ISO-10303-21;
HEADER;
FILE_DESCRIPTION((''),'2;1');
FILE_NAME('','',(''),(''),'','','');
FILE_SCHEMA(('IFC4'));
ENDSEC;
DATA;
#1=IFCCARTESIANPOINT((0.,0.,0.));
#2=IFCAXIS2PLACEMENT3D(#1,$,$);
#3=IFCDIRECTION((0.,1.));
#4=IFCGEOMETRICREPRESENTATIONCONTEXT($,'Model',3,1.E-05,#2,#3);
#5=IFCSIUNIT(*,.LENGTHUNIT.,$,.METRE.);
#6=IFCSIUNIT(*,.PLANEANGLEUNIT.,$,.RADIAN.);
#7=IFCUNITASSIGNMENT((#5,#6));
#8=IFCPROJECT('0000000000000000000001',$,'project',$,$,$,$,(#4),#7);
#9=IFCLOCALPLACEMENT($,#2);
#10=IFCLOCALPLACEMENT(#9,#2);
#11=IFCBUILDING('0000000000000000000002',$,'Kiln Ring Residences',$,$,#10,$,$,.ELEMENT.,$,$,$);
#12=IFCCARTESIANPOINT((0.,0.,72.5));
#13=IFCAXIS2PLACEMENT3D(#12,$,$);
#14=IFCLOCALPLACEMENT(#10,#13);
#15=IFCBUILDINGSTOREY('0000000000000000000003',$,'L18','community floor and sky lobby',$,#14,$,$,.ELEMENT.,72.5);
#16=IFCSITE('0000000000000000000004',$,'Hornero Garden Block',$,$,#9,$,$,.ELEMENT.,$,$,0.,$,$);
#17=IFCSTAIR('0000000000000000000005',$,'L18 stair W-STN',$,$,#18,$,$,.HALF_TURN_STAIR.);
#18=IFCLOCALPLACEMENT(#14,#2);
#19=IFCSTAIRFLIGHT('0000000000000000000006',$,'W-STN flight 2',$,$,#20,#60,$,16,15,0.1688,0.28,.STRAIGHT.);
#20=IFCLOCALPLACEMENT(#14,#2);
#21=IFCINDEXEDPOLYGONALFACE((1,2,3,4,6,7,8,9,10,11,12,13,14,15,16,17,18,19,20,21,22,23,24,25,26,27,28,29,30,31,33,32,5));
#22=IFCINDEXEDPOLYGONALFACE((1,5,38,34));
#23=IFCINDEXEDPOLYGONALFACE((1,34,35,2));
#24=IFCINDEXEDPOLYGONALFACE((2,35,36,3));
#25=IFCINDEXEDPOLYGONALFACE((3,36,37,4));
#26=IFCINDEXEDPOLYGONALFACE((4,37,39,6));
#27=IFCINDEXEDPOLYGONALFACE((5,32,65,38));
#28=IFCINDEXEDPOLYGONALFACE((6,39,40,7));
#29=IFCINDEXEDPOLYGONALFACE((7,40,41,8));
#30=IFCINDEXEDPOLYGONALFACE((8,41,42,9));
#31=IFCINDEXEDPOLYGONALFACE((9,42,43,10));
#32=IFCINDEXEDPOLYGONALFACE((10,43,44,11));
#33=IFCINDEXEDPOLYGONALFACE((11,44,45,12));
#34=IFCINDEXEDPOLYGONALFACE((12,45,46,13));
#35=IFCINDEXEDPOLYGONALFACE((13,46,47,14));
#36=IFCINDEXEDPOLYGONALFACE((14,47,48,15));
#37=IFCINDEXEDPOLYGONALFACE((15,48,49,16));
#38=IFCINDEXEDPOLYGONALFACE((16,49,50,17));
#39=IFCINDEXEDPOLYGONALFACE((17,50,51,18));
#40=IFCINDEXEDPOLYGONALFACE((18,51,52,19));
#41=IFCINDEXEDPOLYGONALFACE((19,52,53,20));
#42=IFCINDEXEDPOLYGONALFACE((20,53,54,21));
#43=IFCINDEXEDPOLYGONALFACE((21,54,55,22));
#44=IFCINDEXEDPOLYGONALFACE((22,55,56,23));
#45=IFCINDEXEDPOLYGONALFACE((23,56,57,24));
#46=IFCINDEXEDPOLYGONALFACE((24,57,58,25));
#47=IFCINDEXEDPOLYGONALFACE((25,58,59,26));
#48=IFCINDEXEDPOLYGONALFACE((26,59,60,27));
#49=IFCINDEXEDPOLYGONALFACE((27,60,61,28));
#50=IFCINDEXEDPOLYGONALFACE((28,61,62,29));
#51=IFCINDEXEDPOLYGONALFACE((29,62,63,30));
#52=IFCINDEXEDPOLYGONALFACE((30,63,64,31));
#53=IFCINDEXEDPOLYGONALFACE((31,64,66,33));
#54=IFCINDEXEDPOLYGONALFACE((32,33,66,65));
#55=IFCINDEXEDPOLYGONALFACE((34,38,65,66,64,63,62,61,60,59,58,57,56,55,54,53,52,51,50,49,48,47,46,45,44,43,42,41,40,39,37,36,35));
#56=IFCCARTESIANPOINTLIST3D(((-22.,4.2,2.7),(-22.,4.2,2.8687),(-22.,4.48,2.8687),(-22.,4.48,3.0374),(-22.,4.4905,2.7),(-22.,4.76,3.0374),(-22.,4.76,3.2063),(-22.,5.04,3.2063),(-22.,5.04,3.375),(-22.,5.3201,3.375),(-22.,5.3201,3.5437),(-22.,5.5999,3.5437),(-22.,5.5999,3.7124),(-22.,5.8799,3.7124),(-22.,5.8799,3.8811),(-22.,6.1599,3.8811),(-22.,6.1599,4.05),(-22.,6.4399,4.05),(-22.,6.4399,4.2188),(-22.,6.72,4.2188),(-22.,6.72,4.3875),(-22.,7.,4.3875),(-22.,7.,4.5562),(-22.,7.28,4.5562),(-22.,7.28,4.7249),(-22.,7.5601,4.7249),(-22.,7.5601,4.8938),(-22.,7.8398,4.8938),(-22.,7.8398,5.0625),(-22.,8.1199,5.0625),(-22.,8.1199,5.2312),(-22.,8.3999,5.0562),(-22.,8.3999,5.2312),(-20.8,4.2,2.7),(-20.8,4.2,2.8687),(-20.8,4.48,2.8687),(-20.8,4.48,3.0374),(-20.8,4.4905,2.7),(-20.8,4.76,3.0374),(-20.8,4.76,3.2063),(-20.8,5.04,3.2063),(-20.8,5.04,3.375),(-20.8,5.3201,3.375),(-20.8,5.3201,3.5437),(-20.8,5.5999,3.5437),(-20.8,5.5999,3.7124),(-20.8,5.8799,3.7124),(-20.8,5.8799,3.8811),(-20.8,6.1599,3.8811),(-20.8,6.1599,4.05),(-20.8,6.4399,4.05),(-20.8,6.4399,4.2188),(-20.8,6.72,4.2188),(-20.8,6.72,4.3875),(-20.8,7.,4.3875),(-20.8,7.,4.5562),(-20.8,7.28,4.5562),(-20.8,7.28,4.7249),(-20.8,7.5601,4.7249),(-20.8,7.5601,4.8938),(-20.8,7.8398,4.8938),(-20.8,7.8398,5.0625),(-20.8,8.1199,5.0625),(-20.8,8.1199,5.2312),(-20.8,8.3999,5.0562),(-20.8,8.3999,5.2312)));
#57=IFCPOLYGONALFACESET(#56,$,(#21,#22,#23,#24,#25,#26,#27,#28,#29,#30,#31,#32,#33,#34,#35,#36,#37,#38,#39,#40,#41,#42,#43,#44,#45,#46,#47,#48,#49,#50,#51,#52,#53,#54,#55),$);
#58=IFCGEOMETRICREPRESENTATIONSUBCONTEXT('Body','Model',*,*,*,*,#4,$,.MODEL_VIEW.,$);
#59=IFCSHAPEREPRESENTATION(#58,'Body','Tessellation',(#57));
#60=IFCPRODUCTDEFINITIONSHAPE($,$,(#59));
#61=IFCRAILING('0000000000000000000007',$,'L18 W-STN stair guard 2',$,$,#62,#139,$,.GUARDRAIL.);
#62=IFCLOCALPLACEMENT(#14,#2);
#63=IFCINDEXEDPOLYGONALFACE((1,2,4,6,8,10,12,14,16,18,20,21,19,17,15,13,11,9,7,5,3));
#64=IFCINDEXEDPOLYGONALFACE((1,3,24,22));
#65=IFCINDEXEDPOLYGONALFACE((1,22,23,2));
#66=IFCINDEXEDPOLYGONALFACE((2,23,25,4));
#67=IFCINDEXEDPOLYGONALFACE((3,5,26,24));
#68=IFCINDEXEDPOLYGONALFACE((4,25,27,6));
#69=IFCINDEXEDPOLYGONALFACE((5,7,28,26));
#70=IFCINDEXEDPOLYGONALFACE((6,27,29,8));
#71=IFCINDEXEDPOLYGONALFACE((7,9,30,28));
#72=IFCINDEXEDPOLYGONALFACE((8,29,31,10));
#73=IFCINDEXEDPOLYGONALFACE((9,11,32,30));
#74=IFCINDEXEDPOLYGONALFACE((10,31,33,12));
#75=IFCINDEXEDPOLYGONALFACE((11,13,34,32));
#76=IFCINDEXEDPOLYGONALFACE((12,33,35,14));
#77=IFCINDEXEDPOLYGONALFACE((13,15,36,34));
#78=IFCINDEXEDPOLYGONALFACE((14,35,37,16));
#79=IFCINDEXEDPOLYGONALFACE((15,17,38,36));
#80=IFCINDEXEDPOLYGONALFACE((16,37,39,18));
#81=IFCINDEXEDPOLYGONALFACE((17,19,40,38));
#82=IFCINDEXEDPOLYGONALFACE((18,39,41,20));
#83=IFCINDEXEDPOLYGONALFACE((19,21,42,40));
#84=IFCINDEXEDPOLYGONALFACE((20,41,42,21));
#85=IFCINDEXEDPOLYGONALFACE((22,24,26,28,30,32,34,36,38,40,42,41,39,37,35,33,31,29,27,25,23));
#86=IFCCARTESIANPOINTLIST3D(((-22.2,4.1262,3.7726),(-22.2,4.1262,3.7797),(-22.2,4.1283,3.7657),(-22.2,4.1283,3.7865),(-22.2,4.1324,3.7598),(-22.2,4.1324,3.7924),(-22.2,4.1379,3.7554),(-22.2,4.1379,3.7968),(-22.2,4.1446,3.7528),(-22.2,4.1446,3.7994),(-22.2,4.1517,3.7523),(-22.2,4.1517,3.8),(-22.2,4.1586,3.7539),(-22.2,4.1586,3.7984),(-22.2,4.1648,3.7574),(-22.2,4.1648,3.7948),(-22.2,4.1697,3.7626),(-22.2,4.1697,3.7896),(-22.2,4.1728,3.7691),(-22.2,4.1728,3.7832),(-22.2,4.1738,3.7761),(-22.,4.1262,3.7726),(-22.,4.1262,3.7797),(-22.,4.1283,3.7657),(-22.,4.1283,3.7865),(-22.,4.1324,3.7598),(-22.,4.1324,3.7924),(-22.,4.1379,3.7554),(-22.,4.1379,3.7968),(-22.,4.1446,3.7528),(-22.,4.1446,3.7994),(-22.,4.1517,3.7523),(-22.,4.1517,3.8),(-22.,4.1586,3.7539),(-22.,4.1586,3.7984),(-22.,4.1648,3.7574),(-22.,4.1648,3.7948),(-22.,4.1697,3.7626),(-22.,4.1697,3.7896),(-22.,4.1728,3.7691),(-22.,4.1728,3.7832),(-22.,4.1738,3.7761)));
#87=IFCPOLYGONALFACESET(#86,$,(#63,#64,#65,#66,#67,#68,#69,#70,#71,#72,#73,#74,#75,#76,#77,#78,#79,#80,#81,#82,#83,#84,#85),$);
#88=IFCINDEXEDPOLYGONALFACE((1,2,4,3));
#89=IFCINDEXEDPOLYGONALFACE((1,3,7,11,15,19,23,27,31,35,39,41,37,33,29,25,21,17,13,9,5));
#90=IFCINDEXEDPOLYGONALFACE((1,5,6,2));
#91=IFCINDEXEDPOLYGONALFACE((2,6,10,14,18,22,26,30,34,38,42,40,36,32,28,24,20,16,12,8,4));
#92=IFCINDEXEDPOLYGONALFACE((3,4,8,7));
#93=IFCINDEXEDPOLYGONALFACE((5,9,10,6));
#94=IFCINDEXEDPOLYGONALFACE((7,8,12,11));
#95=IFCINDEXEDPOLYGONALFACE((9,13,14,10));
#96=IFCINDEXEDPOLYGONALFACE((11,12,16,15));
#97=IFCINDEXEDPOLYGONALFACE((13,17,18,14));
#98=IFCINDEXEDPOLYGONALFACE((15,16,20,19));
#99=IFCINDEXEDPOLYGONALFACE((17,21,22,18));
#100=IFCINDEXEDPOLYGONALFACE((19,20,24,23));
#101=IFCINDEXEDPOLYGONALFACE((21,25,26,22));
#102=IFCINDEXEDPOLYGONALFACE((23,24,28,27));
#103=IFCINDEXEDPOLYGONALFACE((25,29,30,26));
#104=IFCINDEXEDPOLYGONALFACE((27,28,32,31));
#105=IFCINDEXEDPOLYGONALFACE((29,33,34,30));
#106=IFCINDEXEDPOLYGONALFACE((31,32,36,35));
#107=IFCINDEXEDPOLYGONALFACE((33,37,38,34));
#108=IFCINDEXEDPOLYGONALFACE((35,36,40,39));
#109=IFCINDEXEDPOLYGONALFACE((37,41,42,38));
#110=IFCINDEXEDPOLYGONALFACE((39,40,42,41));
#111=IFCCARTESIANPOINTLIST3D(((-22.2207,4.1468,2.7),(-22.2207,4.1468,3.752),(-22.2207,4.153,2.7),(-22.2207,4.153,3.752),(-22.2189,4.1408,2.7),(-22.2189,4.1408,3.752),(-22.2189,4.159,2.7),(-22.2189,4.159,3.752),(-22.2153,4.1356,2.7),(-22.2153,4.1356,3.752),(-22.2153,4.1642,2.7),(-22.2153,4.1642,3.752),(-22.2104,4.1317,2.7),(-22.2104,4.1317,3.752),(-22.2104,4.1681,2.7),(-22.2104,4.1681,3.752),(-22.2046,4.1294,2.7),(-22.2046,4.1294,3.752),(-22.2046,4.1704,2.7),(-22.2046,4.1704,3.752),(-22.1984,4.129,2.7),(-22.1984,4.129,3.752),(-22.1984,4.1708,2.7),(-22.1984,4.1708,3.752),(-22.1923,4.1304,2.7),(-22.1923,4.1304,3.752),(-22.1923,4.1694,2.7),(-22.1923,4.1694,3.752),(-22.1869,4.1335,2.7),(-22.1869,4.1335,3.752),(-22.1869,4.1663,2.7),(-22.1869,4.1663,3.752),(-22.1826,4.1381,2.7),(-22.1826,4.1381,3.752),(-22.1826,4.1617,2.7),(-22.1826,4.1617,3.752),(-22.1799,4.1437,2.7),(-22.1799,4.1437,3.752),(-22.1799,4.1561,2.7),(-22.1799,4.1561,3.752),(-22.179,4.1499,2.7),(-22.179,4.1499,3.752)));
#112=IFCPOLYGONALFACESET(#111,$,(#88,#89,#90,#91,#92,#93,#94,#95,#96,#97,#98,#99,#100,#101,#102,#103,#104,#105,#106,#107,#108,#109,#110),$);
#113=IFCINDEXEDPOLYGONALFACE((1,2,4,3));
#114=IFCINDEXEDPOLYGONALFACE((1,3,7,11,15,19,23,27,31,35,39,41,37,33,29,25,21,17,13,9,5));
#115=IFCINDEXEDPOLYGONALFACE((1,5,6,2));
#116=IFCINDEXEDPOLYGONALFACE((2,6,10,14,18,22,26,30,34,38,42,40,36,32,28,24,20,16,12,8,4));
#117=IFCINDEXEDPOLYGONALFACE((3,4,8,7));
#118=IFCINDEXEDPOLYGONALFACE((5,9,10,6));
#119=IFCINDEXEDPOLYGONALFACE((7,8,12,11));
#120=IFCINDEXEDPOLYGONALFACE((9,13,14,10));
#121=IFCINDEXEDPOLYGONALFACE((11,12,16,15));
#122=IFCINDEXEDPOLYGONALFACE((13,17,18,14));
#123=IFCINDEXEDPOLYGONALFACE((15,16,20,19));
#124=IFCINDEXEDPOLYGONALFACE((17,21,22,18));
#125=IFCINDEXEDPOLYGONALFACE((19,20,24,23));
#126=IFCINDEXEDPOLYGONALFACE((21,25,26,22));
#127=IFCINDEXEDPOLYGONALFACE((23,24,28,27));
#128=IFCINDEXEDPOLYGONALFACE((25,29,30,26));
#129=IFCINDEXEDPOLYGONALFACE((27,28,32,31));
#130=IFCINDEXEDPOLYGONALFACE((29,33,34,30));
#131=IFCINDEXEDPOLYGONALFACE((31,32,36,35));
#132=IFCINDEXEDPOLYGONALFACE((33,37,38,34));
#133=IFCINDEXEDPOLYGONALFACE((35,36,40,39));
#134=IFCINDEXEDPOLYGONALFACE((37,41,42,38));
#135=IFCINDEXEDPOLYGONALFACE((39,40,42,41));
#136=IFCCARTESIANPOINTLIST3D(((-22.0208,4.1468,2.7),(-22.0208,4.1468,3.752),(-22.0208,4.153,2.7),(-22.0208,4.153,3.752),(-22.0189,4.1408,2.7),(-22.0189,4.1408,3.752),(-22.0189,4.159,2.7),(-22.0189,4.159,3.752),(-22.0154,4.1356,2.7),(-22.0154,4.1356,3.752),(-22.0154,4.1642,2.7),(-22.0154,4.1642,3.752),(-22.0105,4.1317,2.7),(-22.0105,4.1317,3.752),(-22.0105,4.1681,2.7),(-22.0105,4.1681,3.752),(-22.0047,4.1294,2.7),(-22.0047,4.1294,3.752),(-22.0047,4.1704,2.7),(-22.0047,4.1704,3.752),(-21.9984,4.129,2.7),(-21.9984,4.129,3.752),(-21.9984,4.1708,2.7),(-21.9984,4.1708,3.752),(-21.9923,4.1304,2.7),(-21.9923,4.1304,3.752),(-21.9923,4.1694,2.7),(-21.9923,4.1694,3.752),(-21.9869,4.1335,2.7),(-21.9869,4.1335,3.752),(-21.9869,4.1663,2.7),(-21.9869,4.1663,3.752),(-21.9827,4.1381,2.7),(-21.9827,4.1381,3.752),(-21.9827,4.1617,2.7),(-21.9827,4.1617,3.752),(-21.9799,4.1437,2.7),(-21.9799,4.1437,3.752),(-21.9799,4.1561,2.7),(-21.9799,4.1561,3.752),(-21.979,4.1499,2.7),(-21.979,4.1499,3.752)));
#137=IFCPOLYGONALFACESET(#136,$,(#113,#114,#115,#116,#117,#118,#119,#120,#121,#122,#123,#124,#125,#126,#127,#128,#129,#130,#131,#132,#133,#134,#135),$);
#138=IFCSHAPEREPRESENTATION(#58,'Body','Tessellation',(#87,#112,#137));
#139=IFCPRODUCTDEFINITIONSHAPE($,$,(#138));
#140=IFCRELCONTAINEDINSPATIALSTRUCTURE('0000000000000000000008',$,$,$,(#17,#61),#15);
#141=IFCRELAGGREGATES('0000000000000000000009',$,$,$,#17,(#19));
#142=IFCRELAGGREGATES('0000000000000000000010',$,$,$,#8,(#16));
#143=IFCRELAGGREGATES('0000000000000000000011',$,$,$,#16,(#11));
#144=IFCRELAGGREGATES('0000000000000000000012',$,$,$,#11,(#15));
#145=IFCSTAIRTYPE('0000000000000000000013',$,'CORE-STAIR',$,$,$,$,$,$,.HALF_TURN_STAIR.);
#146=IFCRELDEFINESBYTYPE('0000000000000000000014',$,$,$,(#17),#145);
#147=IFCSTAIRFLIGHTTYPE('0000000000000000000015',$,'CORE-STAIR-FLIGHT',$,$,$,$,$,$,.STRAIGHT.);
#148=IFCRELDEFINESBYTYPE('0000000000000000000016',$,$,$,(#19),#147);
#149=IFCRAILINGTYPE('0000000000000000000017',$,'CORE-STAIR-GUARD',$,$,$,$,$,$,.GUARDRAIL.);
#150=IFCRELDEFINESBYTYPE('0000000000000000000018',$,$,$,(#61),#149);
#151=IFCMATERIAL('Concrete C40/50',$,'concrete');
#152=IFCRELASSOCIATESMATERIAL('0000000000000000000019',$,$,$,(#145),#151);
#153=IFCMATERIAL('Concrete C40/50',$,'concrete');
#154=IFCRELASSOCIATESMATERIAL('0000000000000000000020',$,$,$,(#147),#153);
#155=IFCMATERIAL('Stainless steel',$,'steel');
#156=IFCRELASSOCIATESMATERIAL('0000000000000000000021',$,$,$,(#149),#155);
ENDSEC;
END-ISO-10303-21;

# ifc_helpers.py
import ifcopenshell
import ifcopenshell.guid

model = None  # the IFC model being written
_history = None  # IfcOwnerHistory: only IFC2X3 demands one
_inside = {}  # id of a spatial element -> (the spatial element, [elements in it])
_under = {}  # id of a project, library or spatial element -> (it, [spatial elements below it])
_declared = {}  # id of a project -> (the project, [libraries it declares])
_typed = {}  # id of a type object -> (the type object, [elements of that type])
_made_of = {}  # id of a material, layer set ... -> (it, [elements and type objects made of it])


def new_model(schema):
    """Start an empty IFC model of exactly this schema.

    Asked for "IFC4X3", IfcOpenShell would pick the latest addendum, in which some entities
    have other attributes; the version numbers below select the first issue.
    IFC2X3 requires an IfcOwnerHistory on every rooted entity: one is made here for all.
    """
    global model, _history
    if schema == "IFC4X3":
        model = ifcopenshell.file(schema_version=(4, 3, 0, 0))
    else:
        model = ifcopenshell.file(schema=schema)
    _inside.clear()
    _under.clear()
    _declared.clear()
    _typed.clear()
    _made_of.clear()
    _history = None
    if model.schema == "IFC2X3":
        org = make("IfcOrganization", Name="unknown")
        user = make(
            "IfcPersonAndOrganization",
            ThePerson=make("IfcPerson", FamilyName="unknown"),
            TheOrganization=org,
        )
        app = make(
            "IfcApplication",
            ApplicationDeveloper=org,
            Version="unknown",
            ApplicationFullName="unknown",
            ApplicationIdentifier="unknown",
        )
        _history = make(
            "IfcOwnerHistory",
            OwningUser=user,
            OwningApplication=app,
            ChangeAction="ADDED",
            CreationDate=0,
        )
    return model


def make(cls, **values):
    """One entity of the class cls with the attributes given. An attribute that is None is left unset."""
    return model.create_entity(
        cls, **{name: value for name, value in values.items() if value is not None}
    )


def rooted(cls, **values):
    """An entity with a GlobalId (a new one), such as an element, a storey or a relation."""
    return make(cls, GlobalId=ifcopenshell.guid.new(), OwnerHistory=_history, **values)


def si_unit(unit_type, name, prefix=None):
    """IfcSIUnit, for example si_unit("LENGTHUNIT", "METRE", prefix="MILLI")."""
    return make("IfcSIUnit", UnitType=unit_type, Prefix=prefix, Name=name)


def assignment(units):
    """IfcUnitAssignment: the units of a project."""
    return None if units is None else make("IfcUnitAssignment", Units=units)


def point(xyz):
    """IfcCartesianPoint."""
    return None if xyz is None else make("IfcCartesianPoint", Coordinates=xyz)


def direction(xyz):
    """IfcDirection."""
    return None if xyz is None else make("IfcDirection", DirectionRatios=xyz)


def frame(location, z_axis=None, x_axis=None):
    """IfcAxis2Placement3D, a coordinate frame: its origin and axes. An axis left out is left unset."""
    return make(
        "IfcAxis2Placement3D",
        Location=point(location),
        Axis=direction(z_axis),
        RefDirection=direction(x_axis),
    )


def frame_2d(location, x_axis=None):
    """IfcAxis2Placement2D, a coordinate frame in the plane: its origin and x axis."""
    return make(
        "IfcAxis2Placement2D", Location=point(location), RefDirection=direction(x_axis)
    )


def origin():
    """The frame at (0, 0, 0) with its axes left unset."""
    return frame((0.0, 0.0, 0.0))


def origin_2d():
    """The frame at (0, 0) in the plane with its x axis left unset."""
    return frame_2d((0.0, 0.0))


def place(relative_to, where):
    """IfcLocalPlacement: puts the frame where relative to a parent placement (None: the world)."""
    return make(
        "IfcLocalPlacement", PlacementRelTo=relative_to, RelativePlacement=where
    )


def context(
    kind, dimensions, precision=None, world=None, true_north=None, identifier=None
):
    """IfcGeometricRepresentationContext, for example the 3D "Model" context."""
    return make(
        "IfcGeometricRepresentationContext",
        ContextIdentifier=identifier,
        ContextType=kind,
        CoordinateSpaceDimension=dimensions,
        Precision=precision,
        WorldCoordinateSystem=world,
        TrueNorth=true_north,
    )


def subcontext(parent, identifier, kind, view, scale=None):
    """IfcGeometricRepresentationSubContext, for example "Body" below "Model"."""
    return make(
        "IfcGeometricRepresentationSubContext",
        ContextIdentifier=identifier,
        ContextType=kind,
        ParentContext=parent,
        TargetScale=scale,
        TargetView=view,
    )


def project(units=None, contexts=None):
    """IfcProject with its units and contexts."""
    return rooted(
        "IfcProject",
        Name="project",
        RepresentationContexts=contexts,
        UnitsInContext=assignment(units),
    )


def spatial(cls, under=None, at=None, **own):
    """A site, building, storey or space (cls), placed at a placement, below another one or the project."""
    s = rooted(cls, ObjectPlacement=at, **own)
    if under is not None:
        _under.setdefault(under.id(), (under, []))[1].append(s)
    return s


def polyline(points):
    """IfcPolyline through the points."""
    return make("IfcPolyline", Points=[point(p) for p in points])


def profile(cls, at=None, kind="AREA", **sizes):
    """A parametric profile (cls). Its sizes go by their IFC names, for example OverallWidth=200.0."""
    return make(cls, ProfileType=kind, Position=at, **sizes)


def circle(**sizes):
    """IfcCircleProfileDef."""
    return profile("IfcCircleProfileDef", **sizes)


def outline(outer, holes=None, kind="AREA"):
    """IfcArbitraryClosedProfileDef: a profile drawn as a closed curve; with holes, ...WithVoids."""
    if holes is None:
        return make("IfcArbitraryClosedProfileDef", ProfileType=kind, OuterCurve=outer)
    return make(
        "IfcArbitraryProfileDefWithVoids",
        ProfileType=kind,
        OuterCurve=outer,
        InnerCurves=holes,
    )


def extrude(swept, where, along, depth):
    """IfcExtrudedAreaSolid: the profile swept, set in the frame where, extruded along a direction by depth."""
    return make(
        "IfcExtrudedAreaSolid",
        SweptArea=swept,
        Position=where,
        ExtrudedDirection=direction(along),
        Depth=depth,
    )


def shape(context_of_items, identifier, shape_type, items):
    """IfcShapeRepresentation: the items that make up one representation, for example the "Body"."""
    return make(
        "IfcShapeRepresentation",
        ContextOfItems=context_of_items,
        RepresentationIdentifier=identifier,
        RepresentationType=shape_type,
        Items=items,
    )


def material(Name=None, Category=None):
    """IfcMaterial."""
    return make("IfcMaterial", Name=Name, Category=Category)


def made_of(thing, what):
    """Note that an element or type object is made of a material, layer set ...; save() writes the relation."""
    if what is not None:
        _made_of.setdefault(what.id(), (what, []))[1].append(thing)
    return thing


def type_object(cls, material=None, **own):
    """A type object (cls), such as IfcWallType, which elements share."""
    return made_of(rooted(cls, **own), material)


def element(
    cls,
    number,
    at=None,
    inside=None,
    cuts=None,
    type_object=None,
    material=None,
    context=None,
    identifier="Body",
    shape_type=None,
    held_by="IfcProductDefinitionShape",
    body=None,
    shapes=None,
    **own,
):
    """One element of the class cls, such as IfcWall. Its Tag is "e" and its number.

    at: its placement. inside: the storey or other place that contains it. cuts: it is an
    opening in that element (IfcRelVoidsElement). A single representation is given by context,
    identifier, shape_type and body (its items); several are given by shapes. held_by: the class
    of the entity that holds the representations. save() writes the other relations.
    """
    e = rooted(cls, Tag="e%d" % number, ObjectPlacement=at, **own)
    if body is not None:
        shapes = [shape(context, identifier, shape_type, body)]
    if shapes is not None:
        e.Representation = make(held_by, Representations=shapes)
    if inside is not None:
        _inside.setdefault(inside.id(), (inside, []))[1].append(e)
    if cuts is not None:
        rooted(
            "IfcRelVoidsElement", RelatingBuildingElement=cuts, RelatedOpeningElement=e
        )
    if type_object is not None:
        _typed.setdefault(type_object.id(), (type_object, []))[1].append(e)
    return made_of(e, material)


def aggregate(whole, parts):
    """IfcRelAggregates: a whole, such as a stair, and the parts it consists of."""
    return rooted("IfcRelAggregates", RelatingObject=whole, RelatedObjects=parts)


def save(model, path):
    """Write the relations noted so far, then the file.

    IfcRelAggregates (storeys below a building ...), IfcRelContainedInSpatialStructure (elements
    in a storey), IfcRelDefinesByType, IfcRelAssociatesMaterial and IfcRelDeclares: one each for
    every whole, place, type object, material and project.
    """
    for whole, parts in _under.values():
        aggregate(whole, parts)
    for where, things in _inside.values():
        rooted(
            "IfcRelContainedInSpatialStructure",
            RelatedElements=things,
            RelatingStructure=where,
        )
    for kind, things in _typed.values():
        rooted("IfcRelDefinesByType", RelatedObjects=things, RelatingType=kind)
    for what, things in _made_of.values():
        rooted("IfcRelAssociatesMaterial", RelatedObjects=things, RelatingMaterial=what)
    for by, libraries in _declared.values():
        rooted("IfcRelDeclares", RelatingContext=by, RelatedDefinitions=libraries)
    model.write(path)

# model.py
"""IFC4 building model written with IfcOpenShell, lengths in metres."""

from ifc_helpers import new_model, si_unit, direction, frame, origin, origin_2d, place, context, subcontext, project, spatial, polyline, circle, outline, extrude, material, type_object, element, aggregate, save


model = new_model("IFC4")

# Units and contexts
model_context = context("Model", 3, precision=1e-05, world=origin(), true_north=direction((0.0, 1.0)))
body_context = subcontext(model_context, "Body", "Model", "MODEL_VIEW")
ifc_project = project(units=[si_unit("LENGTHUNIT", "METRE"), si_unit("PLANEANGLEUNIT", "RADIAN")], contexts=[model_context])

# Site, building, storey
site_placement = place(None, origin())
site = spatial("IfcSite", under=ifc_project, at=site_placement, Name="Hornero Garden Block", CompositionType="ELEMENT", RefElevation=0.0)
building_placement = place(site_placement, origin())
building = spatial("IfcBuilding", under=site, at=building_placement, Name="Kiln Ring Residences", CompositionType="ELEMENT")
storey_placement = place(building_placement, frame((0.0, 0.0, 72.5)))
storey = spatial("IfcBuildingStorey", under=building, at=storey_placement, Name="L18", Description="community floor and sky lobby", CompositionType="ELEMENT", Elevation=72.5)

# Shared definitions
placement = place(storey_placement, origin())

# Stair, stair flight
ifc_material_1 = material(Name="Concrete C40/50", Category="concrete")
stair_type = type_object("IfcStairType", Name="CORE-STAIR", PredefinedType="HALF_TURN_STAIR", material=ifc_material_1)
stair = element("IfcStair", 1, at=placement, inside=storey, type_object=stair_type, Name="L18 stair W-STN", PredefinedType="HALF_TURN_STAIR")
ifc_material_2 = material(Name="Concrete C40/50", Category="concrete")
stair_flight_type = type_object("IfcStairFlightType", Name="CORE-STAIR-FLIGHT", PredefinedType="STRAIGHT", material=ifc_material_2)
stair_flight_placement = place(storey_placement, frame((-21.3999, 4.2, 2.7), z_axis=(0.0, 0.0, 1.0), x_axis=(0.0, 1.0, 0.0)))
stair_flight = element("IfcStairFlight", 2, at=stair_flight_placement, type_object=stair_flight_type, Name="W-STN flight 2", NumberOfRisers=16, NumberOfTreads=15, PredefinedType="STRAIGHT", RiserHeight=0.1688, TreadLength=0.28, context=body_context, shape_type="SweptSolid", body=[
    extrude(outline(polyline([(0.0, 0.0), (0.0, 0.1687), (0.28, 0.1687), (0.28, 0.3374), (0.5601, 0.3374), (0.5601, 0.5063), (0.8401, 0.5063), (0.8401, 0.675), (1.1201, 0.675), (1.1201, 0.8438), (1.3999, 0.8438), (1.3999, 1.0125), (1.6799, 1.0125), (1.6799, 1.1812), (1.96, 1.1812), (1.96, 1.3501), (2.24, 1.3501), (2.24, 1.5188), (2.52, 1.5188), (2.52, 1.6875), (2.8, 1.6875), (2.8, 1.8562), (3.0801, 1.8562), (3.0801, 2.0249), (3.3601, 2.0249), (3.3601, 2.1938), (3.6399, 2.1938), (3.6399, 2.3625), (3.9199, 2.3625), (3.9199, 2.5312), (4.2, 2.5312), (4.2, 2.7), (4.2, 2.3562), (0.2905, 0.0), (0.0, 0.0)])), frame((0.0, 0.6001, 0.0), z_axis=(0.0, -1.0, 0.0), x_axis=(1.0, 0.0, 0.0)), (0.0, 0.0, 1.0), 1.2),
])
aggregate(stair, [stair_flight])

# Railing
ifc_material_3 = material(Name="Stainless steel", Category="steel")
railing_type_1 = type_object("IfcRailingType", Name="CORE-STAIR-GUARD", PredefinedType="GUARDRAIL", material=ifc_material_3)
railing_1_placement = place(storey_placement, frame((-22.2, 4.1499, 2.7)))
element("IfcRailing", 3, at=railing_1_placement, inside=storey, type_object=railing_type_1, Name="L18 W-STN stair guard 2", PredefinedType="GUARDRAIL", context=body_context, shape_type="SweptSolid", body=[
    extrude(circle(Radius=0.0239, at=origin_2d()), frame((0.0, 0.0, 1.0762), z_axis=(1.0, 0.0, 0.0), x_axis=(0.0, 1.0, 0.0)), (0.0, 0.0, 1.0), 0.2),
    extrude(circle(Radius=0.021, at=origin_2d()), origin(), (0.0, 0.0, 1.0), 1.052),
    extrude(circle(Radius=0.021, at=origin_2d()), frame((0.2, 0.0, 0.0)), (0.0, 0.0, 1.0), 1.052),
])

save(model, "model.ifc")
